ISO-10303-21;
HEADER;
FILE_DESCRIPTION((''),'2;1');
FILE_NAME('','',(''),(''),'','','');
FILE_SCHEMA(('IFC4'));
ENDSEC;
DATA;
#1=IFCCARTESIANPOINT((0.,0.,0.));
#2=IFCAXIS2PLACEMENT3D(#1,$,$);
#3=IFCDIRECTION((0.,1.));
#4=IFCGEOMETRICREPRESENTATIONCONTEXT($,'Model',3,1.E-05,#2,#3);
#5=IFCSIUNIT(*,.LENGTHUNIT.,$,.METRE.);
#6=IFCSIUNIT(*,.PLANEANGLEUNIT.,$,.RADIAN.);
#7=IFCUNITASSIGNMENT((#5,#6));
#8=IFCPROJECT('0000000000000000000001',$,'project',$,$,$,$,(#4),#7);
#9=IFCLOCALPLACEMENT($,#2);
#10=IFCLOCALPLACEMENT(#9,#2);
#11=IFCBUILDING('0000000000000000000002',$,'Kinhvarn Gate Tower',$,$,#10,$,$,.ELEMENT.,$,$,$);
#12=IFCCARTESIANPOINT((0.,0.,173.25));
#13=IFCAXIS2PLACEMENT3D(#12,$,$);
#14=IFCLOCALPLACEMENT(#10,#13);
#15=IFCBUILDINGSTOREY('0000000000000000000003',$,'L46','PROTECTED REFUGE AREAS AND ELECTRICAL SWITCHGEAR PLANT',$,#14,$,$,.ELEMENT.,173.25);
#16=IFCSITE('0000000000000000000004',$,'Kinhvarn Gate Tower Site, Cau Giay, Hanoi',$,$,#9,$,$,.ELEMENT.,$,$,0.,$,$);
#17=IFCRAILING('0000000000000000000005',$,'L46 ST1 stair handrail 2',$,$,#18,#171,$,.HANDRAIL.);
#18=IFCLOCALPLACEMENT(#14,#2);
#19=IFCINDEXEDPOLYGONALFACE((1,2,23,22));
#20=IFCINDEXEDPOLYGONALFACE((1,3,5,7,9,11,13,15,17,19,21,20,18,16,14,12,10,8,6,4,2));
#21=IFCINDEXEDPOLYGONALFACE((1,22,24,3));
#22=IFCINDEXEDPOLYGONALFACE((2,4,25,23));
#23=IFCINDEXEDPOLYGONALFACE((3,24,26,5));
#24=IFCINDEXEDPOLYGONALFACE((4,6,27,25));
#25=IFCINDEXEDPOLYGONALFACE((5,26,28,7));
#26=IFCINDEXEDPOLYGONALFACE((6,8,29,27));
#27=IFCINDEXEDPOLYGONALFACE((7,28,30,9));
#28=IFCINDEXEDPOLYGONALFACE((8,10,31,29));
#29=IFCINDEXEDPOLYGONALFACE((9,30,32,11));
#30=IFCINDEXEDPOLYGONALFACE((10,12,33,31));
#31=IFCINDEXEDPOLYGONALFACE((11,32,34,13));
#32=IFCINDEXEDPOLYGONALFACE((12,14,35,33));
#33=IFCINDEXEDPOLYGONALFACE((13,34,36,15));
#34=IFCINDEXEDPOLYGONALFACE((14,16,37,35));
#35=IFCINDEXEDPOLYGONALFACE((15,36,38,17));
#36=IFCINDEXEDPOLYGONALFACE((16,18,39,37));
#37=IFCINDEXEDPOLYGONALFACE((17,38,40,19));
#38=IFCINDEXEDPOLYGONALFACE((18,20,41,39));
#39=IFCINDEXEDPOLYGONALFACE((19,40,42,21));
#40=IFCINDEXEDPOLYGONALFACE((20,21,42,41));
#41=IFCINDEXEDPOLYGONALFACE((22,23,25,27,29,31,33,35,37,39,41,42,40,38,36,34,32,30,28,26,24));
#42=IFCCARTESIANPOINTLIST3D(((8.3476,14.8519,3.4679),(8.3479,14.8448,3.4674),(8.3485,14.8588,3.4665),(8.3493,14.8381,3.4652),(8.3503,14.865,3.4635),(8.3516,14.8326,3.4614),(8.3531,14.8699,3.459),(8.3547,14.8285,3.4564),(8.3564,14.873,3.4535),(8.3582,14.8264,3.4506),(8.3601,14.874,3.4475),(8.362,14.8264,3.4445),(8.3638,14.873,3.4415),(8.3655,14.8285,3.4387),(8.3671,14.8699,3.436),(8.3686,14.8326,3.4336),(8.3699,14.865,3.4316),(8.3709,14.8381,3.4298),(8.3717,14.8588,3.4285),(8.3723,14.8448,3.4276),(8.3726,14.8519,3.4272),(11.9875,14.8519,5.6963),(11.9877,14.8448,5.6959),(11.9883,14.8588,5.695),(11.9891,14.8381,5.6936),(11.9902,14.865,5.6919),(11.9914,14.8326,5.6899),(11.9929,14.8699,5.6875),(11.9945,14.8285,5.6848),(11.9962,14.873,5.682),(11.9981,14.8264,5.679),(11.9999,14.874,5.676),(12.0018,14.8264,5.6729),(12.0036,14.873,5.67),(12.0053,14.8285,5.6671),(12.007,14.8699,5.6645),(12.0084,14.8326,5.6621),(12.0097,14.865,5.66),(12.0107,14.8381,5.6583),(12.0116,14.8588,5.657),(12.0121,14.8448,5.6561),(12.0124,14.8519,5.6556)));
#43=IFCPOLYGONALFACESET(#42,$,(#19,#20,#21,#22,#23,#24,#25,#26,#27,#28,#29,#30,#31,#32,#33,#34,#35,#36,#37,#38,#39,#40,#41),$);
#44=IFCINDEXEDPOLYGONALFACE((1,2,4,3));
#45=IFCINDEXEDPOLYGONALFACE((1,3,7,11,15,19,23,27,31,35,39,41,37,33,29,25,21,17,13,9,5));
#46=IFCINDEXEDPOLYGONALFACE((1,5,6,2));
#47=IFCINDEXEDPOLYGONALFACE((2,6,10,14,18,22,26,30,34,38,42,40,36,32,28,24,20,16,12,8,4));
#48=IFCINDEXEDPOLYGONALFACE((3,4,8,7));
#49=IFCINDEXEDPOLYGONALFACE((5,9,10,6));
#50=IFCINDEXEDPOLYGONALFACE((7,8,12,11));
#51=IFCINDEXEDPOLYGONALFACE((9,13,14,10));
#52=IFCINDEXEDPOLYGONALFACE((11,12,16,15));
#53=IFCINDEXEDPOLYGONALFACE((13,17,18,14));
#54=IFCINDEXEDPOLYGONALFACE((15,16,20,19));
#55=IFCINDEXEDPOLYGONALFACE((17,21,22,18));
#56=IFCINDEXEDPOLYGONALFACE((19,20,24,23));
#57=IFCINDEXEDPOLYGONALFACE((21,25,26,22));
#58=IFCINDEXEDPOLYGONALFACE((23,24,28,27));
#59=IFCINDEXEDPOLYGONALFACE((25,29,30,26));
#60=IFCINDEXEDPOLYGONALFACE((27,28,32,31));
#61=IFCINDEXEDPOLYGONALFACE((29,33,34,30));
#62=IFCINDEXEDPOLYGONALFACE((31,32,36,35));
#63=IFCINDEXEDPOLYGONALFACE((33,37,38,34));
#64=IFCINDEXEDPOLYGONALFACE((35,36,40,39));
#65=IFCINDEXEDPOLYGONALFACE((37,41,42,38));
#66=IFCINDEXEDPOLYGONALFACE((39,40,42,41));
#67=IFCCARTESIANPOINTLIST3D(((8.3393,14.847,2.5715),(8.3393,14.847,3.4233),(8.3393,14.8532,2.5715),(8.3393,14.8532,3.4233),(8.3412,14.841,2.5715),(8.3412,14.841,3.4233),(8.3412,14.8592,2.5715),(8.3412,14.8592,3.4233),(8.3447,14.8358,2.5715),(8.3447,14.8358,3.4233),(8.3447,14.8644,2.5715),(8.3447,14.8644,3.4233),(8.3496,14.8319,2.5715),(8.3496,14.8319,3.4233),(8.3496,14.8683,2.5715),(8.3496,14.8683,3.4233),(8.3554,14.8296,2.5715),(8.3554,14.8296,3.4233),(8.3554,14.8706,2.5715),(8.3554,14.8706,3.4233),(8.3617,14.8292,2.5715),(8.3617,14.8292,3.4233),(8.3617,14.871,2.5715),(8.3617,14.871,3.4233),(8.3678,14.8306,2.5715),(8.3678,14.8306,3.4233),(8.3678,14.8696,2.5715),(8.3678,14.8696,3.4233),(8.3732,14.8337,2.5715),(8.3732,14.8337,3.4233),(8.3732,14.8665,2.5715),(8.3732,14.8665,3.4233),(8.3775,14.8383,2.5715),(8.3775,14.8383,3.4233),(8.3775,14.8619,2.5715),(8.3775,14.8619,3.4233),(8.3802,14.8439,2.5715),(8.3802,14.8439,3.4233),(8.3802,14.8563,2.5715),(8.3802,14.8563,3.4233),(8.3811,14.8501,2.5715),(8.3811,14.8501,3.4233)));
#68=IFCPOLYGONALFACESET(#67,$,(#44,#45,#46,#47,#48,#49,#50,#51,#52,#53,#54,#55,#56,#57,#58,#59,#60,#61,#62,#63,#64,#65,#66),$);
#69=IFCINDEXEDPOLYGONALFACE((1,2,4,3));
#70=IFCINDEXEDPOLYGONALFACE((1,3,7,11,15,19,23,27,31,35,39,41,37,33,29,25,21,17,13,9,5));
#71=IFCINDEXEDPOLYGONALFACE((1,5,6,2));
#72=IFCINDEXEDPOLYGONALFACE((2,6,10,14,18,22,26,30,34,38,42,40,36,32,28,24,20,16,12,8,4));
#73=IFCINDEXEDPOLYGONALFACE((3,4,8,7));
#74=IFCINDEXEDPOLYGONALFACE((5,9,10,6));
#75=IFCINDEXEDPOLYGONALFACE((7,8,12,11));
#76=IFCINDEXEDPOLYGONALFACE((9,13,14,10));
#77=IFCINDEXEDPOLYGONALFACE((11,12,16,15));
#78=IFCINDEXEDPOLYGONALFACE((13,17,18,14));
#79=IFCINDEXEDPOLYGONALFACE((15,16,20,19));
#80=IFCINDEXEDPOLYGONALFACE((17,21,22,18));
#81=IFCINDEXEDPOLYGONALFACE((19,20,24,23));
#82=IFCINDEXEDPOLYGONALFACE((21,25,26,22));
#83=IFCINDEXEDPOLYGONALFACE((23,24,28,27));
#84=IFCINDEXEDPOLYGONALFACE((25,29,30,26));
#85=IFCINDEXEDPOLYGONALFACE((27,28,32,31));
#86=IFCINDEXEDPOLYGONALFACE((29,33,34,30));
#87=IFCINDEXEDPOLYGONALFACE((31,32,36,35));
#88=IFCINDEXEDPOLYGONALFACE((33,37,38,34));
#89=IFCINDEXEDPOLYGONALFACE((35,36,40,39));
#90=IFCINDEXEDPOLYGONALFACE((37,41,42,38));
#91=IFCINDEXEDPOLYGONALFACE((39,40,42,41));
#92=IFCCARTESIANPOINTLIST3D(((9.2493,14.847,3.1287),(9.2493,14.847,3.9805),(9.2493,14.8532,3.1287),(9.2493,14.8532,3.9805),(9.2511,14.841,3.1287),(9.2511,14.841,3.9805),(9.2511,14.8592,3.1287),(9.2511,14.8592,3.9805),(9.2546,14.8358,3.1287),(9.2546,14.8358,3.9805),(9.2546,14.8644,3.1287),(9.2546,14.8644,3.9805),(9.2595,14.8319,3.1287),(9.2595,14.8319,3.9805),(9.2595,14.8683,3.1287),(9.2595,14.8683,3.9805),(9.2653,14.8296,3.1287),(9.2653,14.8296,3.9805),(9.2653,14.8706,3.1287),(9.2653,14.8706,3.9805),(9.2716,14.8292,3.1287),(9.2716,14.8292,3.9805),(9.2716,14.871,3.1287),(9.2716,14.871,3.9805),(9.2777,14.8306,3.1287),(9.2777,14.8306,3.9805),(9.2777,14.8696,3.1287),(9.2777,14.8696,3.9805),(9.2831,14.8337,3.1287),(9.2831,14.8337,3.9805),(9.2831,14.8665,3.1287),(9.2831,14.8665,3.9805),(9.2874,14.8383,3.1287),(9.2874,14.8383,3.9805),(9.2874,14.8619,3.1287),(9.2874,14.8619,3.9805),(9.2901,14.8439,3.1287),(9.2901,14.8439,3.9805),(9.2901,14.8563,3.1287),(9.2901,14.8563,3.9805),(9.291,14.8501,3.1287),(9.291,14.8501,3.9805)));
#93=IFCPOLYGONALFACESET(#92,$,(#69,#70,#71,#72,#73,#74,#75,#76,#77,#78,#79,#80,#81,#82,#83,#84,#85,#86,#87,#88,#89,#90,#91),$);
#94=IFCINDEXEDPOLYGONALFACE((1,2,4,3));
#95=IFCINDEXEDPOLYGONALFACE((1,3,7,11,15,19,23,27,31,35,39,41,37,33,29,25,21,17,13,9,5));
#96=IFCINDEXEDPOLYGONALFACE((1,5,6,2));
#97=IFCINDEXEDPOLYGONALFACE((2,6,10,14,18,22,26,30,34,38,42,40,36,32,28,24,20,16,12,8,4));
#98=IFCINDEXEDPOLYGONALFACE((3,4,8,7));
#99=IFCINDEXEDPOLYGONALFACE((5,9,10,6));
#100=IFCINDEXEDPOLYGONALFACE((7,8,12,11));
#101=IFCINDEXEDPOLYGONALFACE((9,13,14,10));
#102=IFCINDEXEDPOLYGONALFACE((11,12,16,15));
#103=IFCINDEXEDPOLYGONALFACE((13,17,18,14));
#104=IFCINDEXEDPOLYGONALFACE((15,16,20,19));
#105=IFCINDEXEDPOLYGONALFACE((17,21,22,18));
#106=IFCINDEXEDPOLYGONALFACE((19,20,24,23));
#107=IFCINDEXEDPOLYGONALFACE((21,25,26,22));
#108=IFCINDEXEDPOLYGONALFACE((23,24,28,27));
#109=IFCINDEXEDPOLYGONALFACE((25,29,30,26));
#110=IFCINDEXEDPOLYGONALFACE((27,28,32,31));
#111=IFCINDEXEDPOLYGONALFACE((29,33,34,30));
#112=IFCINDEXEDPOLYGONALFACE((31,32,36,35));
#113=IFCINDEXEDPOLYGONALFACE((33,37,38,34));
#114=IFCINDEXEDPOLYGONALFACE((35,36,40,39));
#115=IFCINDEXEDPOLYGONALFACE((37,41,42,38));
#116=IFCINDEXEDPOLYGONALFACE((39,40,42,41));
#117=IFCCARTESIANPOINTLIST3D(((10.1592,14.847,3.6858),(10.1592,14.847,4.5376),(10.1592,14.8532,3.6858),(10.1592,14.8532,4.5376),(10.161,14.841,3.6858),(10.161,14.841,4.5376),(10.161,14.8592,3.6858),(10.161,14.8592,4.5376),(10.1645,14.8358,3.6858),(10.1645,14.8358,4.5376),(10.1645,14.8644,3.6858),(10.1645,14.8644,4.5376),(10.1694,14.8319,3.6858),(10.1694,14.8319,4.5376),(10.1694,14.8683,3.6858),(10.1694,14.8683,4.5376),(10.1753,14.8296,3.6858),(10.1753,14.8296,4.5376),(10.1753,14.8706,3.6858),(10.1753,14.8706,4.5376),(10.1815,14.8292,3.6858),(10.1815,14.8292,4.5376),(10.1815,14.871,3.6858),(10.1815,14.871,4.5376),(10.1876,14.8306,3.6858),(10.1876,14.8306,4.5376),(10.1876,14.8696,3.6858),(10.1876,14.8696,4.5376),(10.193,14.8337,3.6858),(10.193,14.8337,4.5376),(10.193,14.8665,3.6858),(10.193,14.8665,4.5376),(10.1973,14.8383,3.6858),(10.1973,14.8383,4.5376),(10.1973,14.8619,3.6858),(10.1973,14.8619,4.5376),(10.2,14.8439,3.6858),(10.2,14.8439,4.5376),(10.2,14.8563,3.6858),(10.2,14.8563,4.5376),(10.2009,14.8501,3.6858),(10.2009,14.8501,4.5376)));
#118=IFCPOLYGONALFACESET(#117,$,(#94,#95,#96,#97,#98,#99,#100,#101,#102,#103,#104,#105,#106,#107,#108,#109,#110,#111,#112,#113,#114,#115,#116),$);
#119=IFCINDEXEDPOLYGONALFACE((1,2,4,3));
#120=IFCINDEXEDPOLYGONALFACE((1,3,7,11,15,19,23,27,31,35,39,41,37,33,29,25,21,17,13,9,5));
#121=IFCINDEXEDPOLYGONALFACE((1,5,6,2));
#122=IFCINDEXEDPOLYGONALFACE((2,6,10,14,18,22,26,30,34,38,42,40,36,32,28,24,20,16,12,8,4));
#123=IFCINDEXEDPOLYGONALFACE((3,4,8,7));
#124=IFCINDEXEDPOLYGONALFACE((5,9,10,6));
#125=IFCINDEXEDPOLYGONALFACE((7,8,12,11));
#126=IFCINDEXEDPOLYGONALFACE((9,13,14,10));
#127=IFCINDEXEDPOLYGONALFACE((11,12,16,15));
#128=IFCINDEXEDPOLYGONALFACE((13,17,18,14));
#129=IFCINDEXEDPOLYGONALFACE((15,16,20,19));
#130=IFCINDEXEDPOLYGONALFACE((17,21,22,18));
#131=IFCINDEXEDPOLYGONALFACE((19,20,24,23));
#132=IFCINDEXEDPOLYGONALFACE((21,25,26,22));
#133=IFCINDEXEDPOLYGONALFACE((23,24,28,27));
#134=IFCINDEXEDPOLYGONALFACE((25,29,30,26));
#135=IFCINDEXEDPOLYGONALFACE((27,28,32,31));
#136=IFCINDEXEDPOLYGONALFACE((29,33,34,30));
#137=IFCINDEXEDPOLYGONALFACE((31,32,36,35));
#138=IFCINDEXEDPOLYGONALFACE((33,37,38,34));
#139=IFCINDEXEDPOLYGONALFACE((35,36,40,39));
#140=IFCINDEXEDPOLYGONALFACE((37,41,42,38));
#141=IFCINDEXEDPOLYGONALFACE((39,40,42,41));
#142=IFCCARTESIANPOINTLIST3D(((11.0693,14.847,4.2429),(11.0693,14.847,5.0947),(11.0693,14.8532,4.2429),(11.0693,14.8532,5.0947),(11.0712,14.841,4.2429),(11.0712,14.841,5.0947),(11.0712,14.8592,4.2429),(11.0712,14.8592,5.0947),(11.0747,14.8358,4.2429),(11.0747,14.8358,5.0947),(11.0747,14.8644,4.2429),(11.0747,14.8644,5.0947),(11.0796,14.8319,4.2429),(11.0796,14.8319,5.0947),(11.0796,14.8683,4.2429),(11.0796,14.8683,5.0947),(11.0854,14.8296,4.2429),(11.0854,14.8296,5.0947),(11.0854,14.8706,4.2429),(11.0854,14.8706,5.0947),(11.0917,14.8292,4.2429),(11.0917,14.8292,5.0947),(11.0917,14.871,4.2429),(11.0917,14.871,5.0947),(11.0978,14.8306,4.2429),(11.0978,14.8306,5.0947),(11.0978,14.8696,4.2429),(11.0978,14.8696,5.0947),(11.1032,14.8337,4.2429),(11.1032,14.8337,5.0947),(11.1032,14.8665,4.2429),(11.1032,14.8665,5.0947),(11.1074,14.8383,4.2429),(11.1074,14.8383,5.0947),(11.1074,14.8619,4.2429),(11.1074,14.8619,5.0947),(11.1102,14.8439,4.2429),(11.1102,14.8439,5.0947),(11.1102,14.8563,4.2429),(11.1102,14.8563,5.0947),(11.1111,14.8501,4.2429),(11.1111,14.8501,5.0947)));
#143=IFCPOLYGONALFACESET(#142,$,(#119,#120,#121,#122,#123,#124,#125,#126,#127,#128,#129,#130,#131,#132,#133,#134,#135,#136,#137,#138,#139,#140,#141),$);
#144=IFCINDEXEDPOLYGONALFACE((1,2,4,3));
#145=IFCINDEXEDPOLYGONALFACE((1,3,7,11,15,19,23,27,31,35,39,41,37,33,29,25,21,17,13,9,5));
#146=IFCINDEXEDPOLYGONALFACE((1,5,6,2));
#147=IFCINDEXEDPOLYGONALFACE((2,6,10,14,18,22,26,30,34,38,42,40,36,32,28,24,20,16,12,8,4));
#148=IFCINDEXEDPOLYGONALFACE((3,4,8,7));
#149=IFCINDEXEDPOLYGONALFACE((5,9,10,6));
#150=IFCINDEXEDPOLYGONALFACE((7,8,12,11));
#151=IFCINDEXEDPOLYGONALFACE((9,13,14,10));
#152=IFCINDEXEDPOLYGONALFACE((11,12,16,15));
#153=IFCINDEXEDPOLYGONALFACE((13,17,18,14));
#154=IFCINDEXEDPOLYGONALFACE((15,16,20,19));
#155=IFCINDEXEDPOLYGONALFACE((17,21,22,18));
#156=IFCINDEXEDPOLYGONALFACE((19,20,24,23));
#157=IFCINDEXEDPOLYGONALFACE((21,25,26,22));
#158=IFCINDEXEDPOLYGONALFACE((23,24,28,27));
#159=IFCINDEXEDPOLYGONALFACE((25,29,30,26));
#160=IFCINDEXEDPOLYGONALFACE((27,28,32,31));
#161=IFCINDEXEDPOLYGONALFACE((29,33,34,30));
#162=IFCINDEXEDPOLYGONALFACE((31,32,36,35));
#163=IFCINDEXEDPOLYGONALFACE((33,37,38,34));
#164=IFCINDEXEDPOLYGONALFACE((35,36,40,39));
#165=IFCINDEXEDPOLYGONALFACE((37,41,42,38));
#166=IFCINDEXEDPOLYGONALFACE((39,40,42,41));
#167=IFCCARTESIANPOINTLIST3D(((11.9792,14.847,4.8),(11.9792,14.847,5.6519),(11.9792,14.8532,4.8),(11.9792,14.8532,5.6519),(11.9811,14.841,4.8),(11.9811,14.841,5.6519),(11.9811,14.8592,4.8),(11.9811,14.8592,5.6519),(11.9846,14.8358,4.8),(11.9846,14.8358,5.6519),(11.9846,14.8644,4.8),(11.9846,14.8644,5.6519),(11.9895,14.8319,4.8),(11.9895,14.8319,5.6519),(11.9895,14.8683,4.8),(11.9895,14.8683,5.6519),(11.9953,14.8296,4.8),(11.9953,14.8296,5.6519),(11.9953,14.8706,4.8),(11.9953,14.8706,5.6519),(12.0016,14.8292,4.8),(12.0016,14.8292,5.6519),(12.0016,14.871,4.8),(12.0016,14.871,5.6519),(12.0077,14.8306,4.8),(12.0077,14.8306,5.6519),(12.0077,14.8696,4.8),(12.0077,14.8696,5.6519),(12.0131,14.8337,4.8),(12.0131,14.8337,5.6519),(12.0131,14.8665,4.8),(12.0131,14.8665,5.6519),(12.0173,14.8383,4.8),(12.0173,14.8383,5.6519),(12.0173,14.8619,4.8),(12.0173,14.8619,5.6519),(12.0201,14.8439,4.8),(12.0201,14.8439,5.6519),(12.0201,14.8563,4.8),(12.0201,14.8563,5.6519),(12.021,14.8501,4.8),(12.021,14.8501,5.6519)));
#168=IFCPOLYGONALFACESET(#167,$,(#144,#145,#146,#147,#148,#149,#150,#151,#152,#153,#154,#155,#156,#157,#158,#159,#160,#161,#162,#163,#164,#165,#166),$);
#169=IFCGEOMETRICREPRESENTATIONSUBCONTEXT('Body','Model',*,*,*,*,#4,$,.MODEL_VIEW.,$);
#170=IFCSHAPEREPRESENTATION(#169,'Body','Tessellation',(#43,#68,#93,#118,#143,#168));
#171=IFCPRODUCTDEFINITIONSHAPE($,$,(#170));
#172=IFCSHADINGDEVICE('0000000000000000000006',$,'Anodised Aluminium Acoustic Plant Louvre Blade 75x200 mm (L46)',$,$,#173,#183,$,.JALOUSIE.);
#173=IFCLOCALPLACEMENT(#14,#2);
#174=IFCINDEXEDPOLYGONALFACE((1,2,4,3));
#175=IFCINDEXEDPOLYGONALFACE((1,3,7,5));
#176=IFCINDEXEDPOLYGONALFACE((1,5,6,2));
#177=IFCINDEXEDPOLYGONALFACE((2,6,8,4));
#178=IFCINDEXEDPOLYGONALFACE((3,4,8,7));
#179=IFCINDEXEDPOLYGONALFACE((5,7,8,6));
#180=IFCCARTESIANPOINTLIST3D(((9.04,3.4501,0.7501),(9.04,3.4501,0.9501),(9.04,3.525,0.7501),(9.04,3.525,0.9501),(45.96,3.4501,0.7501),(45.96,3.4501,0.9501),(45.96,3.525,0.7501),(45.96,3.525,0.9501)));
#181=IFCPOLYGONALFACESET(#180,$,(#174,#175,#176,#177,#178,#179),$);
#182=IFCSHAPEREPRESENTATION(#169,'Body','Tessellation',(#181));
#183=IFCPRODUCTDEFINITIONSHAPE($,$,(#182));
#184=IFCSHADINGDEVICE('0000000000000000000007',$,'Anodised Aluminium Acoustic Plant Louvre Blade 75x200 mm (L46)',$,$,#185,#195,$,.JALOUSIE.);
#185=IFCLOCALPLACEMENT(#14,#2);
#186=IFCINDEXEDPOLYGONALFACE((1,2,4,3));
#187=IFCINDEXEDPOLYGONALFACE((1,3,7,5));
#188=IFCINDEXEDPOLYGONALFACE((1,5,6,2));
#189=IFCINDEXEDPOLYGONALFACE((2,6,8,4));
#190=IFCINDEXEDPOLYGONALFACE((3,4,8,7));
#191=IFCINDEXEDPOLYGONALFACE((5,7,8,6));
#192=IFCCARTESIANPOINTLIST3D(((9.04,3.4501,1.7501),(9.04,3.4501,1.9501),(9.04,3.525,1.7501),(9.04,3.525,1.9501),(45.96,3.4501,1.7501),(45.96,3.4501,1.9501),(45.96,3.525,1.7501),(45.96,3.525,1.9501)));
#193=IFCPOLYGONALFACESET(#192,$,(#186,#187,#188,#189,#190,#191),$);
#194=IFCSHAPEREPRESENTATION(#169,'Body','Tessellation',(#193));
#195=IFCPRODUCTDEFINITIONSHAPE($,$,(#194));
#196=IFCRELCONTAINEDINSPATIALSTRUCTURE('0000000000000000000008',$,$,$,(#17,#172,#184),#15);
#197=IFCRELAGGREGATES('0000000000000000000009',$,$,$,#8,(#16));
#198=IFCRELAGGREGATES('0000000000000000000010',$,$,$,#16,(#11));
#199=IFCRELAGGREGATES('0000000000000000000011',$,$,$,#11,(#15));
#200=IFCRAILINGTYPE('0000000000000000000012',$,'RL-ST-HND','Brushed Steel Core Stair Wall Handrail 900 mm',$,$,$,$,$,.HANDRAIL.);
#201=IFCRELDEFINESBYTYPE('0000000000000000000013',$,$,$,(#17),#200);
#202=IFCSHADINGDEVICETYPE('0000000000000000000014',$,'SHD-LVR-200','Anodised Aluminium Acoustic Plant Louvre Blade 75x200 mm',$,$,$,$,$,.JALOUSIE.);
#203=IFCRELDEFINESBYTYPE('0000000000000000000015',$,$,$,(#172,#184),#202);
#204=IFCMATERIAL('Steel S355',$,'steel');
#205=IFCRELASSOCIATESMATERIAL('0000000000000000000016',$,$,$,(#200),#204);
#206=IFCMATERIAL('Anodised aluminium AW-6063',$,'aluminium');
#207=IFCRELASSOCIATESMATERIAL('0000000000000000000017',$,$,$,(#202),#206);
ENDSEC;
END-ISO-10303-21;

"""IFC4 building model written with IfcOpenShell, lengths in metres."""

from ifc_helpers import new_model, si_unit, direction, frame, origin, origin_2d, place, context, subcontext, project, spatial, rectangle, circle, extrude, material, material_profile, profile_set, type_object, element, save


model = new_model("IFC4")

# Units and contexts
model_context = context("Model", 3, precision=1e-05, world=origin(), true_north=direction((0.0, 1.0)))
body_context = subcontext(model_context, "Body", "Model", "MODEL_VIEW")
ifc_project = project(units=[si_unit("LENGTHUNIT", "METRE"), si_unit("PLANEANGLEUNIT", "RADIAN")], contexts=[model_context])

# Site, building, storey
site_placement = place(None, origin())
site = spatial("IfcSite", under=ifc_project, at=site_placement, Name="Kinhvarn Gate Tower Site, Cau Giay, Hanoi", CompositionType="ELEMENT", RefElevation=0.0)
building_placement = place(site_placement, origin())
building = spatial("IfcBuilding", under=site, at=building_placement, Name="Kinhvarn Gate Tower", CompositionType="ELEMENT")
storey_placement = place(building_placement, frame((0.0, 0.0, 173.25)))
storey = spatial("IfcBuildingStorey", under=building, at=storey_placement, Name="L46", Description="PROTECTED REFUGE AREAS AND ELECTRICAL SWITCHGEAR PLANT", CompositionType="ELEMENT", Elevation=173.25)

# Shared definitions
ifc_material_1 = material(Name="Anodised aluminium AW-6063", Category="aluminium")

# Shared definitions
ifc_material_2 = material(Name="Steel S355", Category="steel")

# Railing
railing_type_1 = type_object("IfcRailingType", Name="RL-ST-HND", Description="Brushed Steel Core Stair Wall Handrail 900 mm", PredefinedType="HANDRAIL", material=ifc_material_2)
railing_1_placement = place(storey_placement, frame((8.3601, 14.8501, 2.5715)))
element("IfcRailing", 1, at=railing_1_placement, inside=storey, type_object=railing_type_1, Name="L46 ST1 stair handrail 2", PredefinedType="HANDRAIL", context=body_context, shape_type="SweptSolid", body=[
    extrude(circle(Radius=0.0239, at=origin_2d()), frame((0.0, 0.0, 0.876), z_axis=(0.85285, 0.0, 0.522156), x_axis=(0.0, 1.0, 0.0)), (0.0, 0.0, 1.0), 4.2678),
    extrude(circle(Radius=0.021, at=origin_2d()), origin(), (0.0, 0.0, 1.0), 0.8518),
    extrude(circle(Radius=0.021, at=origin_2d()), frame((0.9099, 0.0, 0.5571)), (0.0, 0.0, 1.0), 0.8518),
    extrude(circle(Radius=0.021, at=origin_2d()), frame((1.8198, 0.0, 1.1143)), (0.0, 0.0, 1.0), 0.8518),
    extrude(circle(Radius=0.021, at=origin_2d()), frame((2.73, 0.0, 1.6714)), (0.0, 0.0, 1.0), 0.8518),
    extrude(circle(Radius=0.021, at=origin_2d()), frame((3.6399, 0.0, 2.2285)), (0.0, 0.0, 1.0), 0.8518),
])

# Shading devices
ifc_material_profile_1 = material_profile(ifc_material_1, rectangle(XDim=0.075, YDim=0.2, at=origin_2d()), Name="LOUVRE 75x200")
ifc_profile_set_1 = profile_set([ifc_material_profile_1], Name="Anodised aluminium AW-6063")
shading_device_type = type_object("IfcShadingDeviceType", Name="SHD-LVR-200", Description="Anodised Aluminium Acoustic Plant Louvre Blade 75x200 mm", PredefinedType="JALOUSIE", material=ifc_profile_set_1)
for number, where, z_axis, x_axis, name in (
    (2, (9.04, 3.4875, 0.8501), (1.0, 0.0, 0.0), (0.0, 1.0, 0.0), "Anodised Aluminium Acoustic Plant Louvre Blade 75x200 mm (L46)"),
    (3, (9.04, 3.4875, 1.8501), (1.0, 0.0, 0.0), (0.0, 1.0, 0.0), "Anodised Aluminium Acoustic Plant Louvre Blade 75x200 mm (L46)"),
):
    element("IfcShadingDevice", number, at=place(storey_placement, frame(where, z_axis=z_axis, x_axis=x_axis)), inside=storey, type_object=shading_device_type, Name=name, PredefinedType="JALOUSIE", context=body_context, shape_type="SweptSolid", body=[
        extrude(rectangle(XDim=0.075, YDim=0.2, at=origin_2d()), origin(), (0.0, 0.0, 1.0), 36.9199),
    ])

save(model, "model.ifc")
